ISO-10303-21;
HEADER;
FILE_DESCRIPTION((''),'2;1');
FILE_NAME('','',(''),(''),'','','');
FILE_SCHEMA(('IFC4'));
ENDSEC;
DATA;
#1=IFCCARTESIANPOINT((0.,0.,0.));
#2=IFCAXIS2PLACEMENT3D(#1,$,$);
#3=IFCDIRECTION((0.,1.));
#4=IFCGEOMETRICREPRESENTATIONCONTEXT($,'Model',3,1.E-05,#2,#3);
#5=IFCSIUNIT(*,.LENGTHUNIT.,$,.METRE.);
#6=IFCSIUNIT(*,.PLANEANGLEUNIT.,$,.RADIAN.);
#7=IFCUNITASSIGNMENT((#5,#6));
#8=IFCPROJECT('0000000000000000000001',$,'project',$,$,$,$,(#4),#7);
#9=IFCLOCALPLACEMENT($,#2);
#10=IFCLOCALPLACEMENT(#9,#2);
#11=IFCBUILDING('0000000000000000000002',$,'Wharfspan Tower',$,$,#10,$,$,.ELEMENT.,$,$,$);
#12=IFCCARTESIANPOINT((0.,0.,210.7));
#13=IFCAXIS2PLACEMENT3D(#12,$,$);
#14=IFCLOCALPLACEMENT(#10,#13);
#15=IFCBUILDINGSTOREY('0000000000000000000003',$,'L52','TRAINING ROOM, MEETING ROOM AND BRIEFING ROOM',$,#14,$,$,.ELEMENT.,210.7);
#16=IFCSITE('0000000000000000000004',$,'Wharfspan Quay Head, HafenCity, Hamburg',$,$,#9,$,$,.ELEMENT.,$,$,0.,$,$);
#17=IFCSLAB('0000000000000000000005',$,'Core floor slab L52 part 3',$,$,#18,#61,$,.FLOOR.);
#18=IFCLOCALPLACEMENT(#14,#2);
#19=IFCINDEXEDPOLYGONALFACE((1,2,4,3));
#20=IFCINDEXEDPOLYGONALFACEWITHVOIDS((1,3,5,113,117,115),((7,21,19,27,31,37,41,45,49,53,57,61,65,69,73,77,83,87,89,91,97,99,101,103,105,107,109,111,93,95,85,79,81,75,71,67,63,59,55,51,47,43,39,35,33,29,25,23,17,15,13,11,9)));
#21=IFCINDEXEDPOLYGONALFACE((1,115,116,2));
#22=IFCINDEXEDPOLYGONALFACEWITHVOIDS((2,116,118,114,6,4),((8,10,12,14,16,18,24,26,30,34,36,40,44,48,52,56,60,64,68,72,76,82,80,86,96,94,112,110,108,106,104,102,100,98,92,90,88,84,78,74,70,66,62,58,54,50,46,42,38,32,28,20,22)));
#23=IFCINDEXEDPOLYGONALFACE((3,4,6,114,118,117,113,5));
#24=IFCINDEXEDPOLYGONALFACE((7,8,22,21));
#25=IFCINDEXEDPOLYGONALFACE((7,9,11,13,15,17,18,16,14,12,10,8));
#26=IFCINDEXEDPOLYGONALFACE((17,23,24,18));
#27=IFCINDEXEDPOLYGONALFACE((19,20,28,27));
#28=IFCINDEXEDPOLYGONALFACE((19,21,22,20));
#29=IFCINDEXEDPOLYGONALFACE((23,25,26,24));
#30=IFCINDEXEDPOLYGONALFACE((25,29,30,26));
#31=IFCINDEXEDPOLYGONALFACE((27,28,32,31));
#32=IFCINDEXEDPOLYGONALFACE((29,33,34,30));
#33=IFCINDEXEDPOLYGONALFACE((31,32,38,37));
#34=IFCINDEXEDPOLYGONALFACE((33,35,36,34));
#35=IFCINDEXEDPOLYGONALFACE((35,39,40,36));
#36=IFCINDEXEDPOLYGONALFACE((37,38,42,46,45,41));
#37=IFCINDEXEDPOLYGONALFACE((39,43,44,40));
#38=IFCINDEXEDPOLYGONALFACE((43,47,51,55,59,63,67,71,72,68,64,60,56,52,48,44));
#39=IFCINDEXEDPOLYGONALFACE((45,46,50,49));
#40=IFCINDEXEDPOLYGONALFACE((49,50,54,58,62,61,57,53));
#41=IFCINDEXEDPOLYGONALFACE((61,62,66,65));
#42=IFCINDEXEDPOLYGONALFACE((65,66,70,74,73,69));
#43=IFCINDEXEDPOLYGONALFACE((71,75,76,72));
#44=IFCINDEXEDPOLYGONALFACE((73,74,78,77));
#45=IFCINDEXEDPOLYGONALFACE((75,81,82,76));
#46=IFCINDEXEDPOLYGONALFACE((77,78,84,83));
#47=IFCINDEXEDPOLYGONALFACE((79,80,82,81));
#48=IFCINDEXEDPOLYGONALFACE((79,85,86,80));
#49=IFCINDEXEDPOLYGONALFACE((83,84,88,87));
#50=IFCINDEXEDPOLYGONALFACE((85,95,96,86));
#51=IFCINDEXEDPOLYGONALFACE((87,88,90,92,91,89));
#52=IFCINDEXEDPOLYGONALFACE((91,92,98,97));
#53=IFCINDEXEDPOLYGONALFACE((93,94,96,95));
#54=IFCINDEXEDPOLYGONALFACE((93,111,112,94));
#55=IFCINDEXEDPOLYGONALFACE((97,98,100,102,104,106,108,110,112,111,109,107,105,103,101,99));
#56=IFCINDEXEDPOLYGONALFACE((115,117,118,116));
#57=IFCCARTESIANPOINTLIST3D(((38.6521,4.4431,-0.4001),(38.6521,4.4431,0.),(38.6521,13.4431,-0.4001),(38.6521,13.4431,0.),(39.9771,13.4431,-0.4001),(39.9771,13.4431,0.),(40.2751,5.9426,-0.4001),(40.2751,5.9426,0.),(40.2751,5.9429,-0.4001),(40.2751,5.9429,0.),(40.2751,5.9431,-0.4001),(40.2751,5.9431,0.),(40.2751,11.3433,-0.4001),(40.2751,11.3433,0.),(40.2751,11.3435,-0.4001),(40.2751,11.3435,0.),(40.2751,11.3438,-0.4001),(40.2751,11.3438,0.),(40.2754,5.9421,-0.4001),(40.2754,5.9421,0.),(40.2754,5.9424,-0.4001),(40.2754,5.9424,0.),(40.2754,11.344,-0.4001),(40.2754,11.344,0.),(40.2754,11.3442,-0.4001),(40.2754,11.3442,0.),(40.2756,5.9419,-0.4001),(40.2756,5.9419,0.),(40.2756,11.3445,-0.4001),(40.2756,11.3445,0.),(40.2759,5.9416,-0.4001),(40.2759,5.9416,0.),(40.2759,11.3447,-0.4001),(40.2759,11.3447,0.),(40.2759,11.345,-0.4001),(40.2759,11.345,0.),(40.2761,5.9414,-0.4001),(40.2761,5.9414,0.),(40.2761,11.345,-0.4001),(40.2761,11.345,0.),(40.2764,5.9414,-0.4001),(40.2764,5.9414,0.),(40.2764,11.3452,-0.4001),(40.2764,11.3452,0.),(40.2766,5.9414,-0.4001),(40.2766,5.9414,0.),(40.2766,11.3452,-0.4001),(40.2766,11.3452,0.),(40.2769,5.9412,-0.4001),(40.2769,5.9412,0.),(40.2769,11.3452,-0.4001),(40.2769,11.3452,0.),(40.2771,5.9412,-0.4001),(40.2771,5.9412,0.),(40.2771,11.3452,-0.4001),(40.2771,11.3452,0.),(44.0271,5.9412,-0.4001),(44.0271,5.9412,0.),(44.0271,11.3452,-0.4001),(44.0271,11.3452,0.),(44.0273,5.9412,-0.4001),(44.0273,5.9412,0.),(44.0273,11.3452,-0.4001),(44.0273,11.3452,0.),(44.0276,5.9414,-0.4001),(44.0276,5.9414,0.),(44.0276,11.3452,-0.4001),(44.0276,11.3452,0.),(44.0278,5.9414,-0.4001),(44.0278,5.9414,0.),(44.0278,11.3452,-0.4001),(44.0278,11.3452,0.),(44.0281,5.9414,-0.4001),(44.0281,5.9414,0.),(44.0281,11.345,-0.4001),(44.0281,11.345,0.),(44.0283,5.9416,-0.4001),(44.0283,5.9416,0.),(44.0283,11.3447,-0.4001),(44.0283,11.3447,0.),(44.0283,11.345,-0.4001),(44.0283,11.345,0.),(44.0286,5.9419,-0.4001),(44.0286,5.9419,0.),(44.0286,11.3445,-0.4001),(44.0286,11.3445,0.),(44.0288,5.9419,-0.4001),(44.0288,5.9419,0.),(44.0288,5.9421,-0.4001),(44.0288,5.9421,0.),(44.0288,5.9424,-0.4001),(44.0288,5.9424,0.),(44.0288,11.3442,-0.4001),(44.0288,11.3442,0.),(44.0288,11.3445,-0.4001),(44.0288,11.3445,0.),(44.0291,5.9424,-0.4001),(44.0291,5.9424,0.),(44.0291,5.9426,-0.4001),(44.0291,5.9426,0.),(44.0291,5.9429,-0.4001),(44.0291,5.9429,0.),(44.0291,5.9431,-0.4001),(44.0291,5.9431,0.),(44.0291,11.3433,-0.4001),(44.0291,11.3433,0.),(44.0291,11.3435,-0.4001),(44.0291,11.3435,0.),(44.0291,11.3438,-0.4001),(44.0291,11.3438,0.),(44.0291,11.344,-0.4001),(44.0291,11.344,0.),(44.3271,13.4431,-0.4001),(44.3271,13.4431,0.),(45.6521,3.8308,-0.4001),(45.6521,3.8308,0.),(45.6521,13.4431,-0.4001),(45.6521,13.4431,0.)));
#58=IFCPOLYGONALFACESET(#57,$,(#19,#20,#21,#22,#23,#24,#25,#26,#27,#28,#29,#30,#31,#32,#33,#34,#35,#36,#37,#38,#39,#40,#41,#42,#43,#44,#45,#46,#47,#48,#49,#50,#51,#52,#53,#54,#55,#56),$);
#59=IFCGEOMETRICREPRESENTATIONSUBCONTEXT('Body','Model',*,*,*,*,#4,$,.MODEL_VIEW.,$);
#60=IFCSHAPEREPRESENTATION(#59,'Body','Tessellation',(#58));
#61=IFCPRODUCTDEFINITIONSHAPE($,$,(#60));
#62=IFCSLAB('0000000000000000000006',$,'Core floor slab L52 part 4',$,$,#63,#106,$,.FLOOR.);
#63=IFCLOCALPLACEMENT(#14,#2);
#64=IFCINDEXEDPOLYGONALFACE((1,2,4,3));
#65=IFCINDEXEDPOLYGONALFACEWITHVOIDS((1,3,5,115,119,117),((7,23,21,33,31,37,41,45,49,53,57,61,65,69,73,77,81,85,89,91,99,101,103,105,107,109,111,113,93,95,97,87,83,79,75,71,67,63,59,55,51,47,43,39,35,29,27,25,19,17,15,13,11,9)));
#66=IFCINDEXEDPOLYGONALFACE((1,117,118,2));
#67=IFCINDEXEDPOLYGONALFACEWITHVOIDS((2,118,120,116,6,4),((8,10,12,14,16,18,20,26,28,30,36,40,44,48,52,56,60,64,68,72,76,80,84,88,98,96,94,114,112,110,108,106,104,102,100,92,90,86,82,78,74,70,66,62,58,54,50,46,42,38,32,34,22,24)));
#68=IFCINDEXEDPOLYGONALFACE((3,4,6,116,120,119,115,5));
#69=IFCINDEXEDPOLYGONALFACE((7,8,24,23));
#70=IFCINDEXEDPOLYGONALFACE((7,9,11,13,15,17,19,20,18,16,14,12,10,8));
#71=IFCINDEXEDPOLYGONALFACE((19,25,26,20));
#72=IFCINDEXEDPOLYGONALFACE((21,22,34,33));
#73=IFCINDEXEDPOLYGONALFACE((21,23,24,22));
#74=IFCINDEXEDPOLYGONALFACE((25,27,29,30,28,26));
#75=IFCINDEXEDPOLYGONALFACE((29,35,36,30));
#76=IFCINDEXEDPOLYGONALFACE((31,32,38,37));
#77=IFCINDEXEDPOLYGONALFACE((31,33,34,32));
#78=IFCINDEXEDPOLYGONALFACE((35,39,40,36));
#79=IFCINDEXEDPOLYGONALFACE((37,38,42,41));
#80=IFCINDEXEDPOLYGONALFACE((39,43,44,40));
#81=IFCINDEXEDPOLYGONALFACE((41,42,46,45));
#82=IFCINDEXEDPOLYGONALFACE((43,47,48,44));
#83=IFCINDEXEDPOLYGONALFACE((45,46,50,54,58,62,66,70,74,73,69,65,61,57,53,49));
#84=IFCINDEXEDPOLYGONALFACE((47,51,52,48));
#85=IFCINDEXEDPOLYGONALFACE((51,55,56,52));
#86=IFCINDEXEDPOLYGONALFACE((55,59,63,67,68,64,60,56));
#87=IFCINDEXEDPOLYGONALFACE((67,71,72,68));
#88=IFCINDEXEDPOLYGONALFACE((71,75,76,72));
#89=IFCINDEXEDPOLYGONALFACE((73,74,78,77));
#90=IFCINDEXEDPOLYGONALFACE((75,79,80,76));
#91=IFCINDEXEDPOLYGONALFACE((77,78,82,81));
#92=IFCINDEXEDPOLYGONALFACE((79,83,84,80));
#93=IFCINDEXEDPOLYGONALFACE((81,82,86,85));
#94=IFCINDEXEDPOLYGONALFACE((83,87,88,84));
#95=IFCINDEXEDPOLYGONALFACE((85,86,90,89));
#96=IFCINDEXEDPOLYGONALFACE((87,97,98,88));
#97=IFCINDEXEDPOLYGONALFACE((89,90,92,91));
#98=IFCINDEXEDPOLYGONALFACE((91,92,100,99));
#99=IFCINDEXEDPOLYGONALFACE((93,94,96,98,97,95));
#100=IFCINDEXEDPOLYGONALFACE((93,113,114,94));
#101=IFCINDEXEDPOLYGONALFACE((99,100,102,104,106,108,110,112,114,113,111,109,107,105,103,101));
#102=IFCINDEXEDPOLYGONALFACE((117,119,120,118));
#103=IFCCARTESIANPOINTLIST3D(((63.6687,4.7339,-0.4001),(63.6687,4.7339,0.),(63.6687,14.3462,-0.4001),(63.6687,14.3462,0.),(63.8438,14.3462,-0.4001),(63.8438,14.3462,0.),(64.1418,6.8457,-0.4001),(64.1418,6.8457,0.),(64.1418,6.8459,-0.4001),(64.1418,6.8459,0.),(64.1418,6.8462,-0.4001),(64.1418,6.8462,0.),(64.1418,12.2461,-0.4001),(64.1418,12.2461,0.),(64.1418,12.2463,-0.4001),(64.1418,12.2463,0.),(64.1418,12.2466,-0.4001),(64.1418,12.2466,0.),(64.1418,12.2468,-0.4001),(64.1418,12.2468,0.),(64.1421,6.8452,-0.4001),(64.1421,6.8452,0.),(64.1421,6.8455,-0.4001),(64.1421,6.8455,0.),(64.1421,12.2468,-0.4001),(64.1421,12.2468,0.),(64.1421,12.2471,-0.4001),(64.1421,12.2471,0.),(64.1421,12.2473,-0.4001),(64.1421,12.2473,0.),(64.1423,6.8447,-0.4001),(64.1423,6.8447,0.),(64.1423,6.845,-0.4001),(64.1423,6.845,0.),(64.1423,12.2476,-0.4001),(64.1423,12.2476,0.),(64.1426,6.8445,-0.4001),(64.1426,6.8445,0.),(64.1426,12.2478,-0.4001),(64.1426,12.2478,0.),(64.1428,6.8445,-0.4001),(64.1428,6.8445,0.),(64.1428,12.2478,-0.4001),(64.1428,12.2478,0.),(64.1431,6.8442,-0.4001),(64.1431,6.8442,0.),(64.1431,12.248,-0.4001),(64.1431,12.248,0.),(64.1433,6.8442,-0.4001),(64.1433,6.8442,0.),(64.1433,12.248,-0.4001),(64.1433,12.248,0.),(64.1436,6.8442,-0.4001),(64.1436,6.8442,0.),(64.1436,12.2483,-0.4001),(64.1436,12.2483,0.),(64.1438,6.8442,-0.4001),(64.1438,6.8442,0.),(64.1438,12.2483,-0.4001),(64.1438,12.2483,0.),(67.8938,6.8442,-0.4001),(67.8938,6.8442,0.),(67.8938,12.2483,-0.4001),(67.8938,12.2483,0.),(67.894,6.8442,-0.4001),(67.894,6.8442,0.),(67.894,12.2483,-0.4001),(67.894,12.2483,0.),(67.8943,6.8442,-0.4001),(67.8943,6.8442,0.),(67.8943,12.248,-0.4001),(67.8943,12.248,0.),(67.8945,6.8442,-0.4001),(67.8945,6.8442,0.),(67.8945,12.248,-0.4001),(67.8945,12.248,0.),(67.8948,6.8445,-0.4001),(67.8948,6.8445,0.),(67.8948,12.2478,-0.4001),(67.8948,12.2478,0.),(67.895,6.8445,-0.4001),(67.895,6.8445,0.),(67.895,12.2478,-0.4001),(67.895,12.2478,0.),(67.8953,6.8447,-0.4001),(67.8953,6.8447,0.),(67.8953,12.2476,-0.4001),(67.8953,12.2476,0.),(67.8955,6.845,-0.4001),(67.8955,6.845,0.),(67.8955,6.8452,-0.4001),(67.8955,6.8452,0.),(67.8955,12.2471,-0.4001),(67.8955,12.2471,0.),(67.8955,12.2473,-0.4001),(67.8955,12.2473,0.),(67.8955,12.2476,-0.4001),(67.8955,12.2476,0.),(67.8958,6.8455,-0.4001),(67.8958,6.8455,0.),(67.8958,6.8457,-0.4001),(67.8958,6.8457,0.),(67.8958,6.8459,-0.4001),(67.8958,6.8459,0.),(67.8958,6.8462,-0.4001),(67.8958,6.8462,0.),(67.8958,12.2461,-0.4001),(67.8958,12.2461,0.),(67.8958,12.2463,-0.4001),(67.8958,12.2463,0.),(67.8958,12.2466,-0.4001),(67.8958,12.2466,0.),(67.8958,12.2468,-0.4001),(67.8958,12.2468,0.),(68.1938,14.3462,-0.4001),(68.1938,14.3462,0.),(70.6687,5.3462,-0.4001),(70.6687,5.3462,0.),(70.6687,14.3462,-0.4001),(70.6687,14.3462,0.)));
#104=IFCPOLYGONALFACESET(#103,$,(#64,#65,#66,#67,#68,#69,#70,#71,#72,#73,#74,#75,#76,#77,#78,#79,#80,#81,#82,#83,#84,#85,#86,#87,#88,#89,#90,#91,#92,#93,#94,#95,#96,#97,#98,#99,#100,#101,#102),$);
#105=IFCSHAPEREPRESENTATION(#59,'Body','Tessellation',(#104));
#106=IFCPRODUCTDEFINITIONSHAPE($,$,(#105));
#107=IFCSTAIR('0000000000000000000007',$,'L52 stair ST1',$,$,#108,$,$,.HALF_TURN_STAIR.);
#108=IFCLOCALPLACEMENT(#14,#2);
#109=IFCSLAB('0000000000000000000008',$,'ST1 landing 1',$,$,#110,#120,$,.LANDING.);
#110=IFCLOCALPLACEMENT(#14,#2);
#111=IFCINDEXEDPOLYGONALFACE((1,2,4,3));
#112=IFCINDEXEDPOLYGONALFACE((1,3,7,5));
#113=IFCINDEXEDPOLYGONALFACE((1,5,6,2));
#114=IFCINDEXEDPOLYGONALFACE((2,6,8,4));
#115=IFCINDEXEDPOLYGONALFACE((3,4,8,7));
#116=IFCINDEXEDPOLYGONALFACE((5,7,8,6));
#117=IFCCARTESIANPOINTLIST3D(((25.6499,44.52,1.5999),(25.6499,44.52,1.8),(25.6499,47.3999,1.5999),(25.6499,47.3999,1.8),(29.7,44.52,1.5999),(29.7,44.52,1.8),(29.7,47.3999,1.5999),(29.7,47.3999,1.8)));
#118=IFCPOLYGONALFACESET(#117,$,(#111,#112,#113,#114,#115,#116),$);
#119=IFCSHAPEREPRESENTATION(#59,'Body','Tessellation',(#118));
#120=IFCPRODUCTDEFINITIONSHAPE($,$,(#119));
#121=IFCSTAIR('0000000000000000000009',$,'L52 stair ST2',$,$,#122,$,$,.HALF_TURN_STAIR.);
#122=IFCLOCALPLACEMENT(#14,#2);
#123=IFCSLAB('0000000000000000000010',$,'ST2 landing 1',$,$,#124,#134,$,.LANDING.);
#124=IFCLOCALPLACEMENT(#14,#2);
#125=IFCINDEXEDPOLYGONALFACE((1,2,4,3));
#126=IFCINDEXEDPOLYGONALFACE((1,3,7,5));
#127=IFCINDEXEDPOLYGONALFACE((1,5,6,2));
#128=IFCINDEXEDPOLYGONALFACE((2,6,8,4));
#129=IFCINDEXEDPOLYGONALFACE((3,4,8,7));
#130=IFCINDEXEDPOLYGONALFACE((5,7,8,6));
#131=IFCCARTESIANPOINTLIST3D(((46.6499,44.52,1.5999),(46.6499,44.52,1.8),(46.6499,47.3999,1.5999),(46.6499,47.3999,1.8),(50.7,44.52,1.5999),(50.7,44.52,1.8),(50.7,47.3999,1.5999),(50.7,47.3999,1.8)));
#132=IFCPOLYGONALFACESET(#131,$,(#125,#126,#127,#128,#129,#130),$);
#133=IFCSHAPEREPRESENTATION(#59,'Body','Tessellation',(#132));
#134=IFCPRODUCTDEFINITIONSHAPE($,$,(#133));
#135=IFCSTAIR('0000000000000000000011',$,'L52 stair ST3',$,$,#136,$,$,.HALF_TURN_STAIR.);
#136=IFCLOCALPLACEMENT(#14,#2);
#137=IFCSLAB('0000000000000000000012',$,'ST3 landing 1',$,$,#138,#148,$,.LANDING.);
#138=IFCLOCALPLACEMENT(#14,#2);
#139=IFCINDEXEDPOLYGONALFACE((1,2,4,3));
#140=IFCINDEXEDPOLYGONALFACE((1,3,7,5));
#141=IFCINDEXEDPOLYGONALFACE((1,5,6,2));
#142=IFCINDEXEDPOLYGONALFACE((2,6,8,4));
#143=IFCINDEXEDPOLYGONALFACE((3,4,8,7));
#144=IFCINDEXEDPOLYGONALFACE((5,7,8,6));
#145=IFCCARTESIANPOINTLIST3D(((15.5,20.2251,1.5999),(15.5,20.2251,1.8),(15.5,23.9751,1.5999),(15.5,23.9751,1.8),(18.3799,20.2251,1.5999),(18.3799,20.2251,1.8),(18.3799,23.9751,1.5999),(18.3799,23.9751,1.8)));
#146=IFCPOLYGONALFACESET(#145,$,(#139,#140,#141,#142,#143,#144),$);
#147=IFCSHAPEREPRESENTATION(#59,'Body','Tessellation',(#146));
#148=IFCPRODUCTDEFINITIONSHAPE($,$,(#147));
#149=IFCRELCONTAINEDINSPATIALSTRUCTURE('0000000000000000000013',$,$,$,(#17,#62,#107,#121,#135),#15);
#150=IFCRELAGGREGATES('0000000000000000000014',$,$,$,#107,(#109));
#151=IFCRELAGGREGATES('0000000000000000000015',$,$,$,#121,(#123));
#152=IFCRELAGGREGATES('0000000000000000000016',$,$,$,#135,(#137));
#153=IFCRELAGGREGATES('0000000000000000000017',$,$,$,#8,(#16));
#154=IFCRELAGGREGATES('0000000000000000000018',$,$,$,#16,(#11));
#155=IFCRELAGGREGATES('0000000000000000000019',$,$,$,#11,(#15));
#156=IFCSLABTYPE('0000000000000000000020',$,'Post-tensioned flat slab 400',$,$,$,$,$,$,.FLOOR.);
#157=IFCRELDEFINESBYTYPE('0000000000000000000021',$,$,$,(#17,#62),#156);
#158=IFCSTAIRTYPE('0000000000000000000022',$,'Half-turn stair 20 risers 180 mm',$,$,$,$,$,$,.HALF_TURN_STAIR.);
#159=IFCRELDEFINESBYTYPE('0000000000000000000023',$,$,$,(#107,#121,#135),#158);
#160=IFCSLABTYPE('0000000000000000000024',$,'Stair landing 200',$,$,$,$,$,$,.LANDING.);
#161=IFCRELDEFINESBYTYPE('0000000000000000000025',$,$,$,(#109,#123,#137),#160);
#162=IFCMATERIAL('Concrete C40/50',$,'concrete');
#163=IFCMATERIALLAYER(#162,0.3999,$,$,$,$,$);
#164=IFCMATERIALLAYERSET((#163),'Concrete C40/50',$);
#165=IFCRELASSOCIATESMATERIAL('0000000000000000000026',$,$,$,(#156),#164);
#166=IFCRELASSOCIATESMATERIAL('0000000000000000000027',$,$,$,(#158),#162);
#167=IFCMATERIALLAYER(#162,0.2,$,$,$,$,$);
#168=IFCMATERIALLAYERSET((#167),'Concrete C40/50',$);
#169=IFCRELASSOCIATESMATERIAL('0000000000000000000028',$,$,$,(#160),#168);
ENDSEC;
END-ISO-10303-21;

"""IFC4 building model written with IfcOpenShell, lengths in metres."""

from ifc_helpers import new_model, si_unit, direction, frame, origin, place, context, subcontext, project, spatial, polyline, outline, extrude, material, layer, layer_set, type_object, element, aggregate, save


model = new_model("IFC4")

# Units and contexts
model_context = context("Model", 3, precision=1e-05, world=origin(), true_north=direction((0.0, 1.0)))
body_context = subcontext(model_context, "Body", "Model", "MODEL_VIEW")
ifc_project = project(units=[si_unit("LENGTHUNIT", "METRE"), si_unit("PLANEANGLEUNIT", "RADIAN")], contexts=[model_context])

# Site, building, storey
site_placement = place(None, origin())
site = spatial("IfcSite", under=ifc_project, at=site_placement, Name="Wharfspan Quay Head, HafenCity, Hamburg", CompositionType="ELEMENT", RefElevation=0.0)
building_placement = place(site_placement, origin())
building = spatial("IfcBuilding", under=site, at=building_placement, Name="Wharfspan Tower", CompositionType="ELEMENT")
storey_placement = place(building_placement, frame((0.0, 0.0, 210.7)))
storey = spatial("IfcBuildingStorey", under=building, at=storey_placement, Name="L52", Description="TRAINING ROOM, MEETING ROOM AND BRIEFING ROOM", CompositionType="ELEMENT", Elevation=210.7)

# Slabs
ifc_material_1 = material(Name="Concrete C40/50", Category="concrete")
ifc_layer_1 = layer(ifc_material_1, 0.3999)
ifc_layer_set_1 = layer_set([ifc_layer_1], Name="Concrete C40/50")
slab_type_1 = type_object("IfcSlabType", Name="Post-tensioned flat slab 400", PredefinedType="FLOOR", material=ifc_layer_set_1)
slab_1_placement = place(storey_placement, frame((0.0, 0.0, -0.4001)))
element("IfcSlab", 1, at=slab_1_placement, inside=storey, type_object=slab_type_1, Name="Core floor slab L52 part 3", PredefinedType="FLOOR", context=body_context, shape_type="SweptSolid", body=[
    extrude(outline(polyline([(44.3271, 13.4431), (39.9771, 13.4431), (38.6521, 13.4431), (38.6521, 4.4431), (45.6521, 3.8308), (45.6521, 13.4431), (44.3271, 13.4431)]), holes=[polyline([(40.2751, 11.3433), (40.2751, 11.3435), (40.2751, 11.3435), (40.2751, 11.3438), (40.2754, 11.344), (40.2754, 11.3442), (40.2754, 11.3442), (40.2756, 11.3445), (40.2756, 11.3445), (40.2759, 11.3447), (40.2759, 11.345), (40.2761, 11.345), (40.2764, 11.3452), (40.2766, 11.3452), (40.2766, 11.3452), (40.2769, 11.3452), (40.2771, 11.3452), (44.0271, 11.3452), (44.0273, 11.3452), (44.0276, 11.3452), (44.0276, 11.3452), (44.0278, 11.3452), (44.0281, 11.345), (44.0283, 11.345), (44.0283, 11.3447), (44.0286, 11.3445), (44.0288, 11.3445), (44.0288, 11.3442), (44.0288, 11.3442), (44.0291, 11.344), (44.0291, 11.3438), (44.0291, 11.3435), (44.0291, 11.3435), (44.0291, 11.3433), (44.0291, 5.9431), (44.0291, 5.9431), (44.0291, 5.9429), (44.0291, 5.9426), (44.0291, 5.9424), (44.0288, 5.9424), (44.0288, 5.9421), (44.0288, 5.9419), (44.0286, 5.9419), (44.0283, 5.9417), (44.0283, 5.9417), (44.0281, 5.9414), (44.0278, 5.9414), (44.0276, 5.9414), (44.0276, 5.9414), (44.0273, 5.9412), (44.0271, 5.9412), (40.2771, 5.9412), (40.2769, 5.9412), (40.2766, 5.9414), (40.2766, 5.9414), (40.2764, 5.9414), (40.2761, 5.9414), (40.2759, 5.9417), (40.2759, 5.9417), (40.2756, 5.9419), (40.2756, 5.9419), (40.2754, 5.9421), (40.2754, 5.9424), (40.2754, 5.9424), (40.2751, 5.9426), (40.2751, 5.9429), (40.2751, 5.9431), (40.2751, 5.9431), (40.2751, 11.3433)])]), origin(), (0.0, 0.0, 1.0), 0.4001),
])
slab_2_placement = place(storey_placement, frame((0.0, 0.0, -0.4001)))
element("IfcSlab", 2, at=slab_2_placement, inside=storey, type_object=slab_type_1, Name="Core floor slab L52 part 4", PredefinedType="FLOOR", context=body_context, shape_type="SweptSolid", body=[
    extrude(outline(polyline([(70.6687, 14.3462), (68.1938, 14.3462), (63.8438, 14.3462), (63.6687, 14.3462), (63.6687, 4.7339), (70.6687, 5.3462), (70.6687, 14.3462)]), holes=[polyline([(64.1418, 12.2461), (64.1418, 12.2463), (64.1418, 12.2466), (64.1418, 12.2468), (64.1421, 12.2468), (64.1421, 12.2471), (64.1421, 12.2473), (64.1423, 12.2476), (64.1423, 12.2476), (64.1426, 12.2478), (64.1426, 12.2478), (64.1428, 12.2478), (64.1431, 12.248), (64.1433, 12.248), (64.1433, 12.248), (64.1436, 12.2483), (64.1438, 12.2483), (67.8938, 12.2483), (67.894, 12.2483), (67.8943, 12.248), (67.8943, 12.248), (67.8945, 12.248), (67.8948, 12.2478), (67.895, 12.2478), (67.895, 12.2478), (67.8953, 12.2476), (67.8955, 12.2476), (67.8955, 12.2473), (67.8955, 12.2471), (67.8958, 12.2468), (67.8958, 12.2468), (67.8958, 12.2466), (67.8958, 12.2463), (67.8958, 12.2461), (67.8958, 6.8462), (67.8958, 6.8459), (67.8958, 6.8457), (67.8958, 6.8457), (67.8958, 6.8455), (67.8955, 6.8452), (67.8955, 6.8452), (67.8955, 6.845), (67.8953, 6.8447), (67.895, 6.8445), (67.895, 6.8445), (67.8948, 6.8445), (67.8945, 6.8442), (67.8943, 6.8442), (67.8943, 6.8442), (67.894, 6.8442), (67.8938, 6.8442), (64.1438, 6.8442), (64.1436, 6.8442), (64.1433, 6.8442), (64.1433, 6.8442), (64.1431, 6.8442), (64.1428, 6.8445), (64.1426, 6.8445), (64.1426, 6.8445), (64.1423, 6.8447), (64.1423, 6.845), (64.1421, 6.8452), (64.1421, 6.8452), (64.1421, 6.8455), (64.1418, 6.8457), (64.1418, 6.8457), (64.1418, 6.8459), (64.1418, 6.8462), (64.1418, 12.2461)])]), origin(), (0.0, 0.0, 1.0), 0.4001),
])

# Stairs, slabs
stair_type = type_object("IfcStairType", Name="Half-turn stair 20 risers 180 mm", PredefinedType="HALF_TURN_STAIR", material=ifc_material_1)
stair_1_placement = place(storey_placement, origin())
stair_1 = element("IfcStair", 3, at=stair_1_placement, inside=storey, type_object=stair_type, Name="L52 stair ST1", PredefinedType="HALF_TURN_STAIR")
ifc_layer_2 = layer(ifc_material_1, 0.2)
ifc_layer_set_2 = layer_set([ifc_layer_2], Name="Concrete C40/50")
slab_type_2 = type_object("IfcSlabType", Name="Stair landing 200", PredefinedType="LANDING", material=ifc_layer_set_2)
slab_3_placement = place(storey_placement, frame((0.0, 0.0, 1.5999)))
slab_3 = element("IfcSlab", 4, at=slab_3_placement, type_object=slab_type_2, Name="ST1 landing 1", PredefinedType="LANDING", context=body_context, shape_type="SweptSolid", body=[
    extrude(outline(polyline([(25.6499, 44.52), (29.7, 44.52), (29.7, 47.3999), (25.6499, 47.3999), (25.6499, 44.52)])), origin(), (0.0, 0.0, 1.0), 0.2002),
])
aggregate(stair_1, [slab_3])
stair_2_placement = place(storey_placement, origin())
stair_2 = element("IfcStair", 5, at=stair_2_placement, inside=storey, type_object=stair_type, Name="L52 stair ST2", PredefinedType="HALF_TURN_STAIR")
slab_4_placement = place(storey_placement, frame((0.0, 0.0, 1.5999)))
slab_4 = element("IfcSlab", 6, at=slab_4_placement, type_object=slab_type_2, Name="ST2 landing 1", PredefinedType="LANDING", context=body_context, shape_type="SweptSolid", body=[
    extrude(outline(polyline([(46.6499, 44.52), (50.7, 44.52), (50.7, 47.3999), (46.6499, 47.3999), (46.6499, 44.52)])), origin(), (0.0, 0.0, 1.0), 0.2002),
])
aggregate(stair_2, [slab_4])
stair_3_placement = place(storey_placement, origin())
stair_3 = element("IfcStair", 7, at=stair_3_placement, inside=storey, type_object=stair_type, Name="L52 stair ST3", PredefinedType="HALF_TURN_STAIR")
slab_5_placement = place(storey_placement, frame((0.0, 0.0, 1.5999)))
slab_5 = element("IfcSlab", 8, at=slab_5_placement, type_object=slab_type_2, Name="ST3 landing 1", PredefinedType="LANDING", context=body_context, shape_type="SweptSolid", body=[
    extrude(outline(polyline([(18.3799, 23.9751), (15.5, 23.9751), (15.5, 20.2251), (18.3799, 20.2251), (18.3799, 23.9751)])), origin(), (0.0, 0.0, 1.0), 0.2002),
])
aggregate(stair_3, [slab_5])

save(model, "model.ifc")
